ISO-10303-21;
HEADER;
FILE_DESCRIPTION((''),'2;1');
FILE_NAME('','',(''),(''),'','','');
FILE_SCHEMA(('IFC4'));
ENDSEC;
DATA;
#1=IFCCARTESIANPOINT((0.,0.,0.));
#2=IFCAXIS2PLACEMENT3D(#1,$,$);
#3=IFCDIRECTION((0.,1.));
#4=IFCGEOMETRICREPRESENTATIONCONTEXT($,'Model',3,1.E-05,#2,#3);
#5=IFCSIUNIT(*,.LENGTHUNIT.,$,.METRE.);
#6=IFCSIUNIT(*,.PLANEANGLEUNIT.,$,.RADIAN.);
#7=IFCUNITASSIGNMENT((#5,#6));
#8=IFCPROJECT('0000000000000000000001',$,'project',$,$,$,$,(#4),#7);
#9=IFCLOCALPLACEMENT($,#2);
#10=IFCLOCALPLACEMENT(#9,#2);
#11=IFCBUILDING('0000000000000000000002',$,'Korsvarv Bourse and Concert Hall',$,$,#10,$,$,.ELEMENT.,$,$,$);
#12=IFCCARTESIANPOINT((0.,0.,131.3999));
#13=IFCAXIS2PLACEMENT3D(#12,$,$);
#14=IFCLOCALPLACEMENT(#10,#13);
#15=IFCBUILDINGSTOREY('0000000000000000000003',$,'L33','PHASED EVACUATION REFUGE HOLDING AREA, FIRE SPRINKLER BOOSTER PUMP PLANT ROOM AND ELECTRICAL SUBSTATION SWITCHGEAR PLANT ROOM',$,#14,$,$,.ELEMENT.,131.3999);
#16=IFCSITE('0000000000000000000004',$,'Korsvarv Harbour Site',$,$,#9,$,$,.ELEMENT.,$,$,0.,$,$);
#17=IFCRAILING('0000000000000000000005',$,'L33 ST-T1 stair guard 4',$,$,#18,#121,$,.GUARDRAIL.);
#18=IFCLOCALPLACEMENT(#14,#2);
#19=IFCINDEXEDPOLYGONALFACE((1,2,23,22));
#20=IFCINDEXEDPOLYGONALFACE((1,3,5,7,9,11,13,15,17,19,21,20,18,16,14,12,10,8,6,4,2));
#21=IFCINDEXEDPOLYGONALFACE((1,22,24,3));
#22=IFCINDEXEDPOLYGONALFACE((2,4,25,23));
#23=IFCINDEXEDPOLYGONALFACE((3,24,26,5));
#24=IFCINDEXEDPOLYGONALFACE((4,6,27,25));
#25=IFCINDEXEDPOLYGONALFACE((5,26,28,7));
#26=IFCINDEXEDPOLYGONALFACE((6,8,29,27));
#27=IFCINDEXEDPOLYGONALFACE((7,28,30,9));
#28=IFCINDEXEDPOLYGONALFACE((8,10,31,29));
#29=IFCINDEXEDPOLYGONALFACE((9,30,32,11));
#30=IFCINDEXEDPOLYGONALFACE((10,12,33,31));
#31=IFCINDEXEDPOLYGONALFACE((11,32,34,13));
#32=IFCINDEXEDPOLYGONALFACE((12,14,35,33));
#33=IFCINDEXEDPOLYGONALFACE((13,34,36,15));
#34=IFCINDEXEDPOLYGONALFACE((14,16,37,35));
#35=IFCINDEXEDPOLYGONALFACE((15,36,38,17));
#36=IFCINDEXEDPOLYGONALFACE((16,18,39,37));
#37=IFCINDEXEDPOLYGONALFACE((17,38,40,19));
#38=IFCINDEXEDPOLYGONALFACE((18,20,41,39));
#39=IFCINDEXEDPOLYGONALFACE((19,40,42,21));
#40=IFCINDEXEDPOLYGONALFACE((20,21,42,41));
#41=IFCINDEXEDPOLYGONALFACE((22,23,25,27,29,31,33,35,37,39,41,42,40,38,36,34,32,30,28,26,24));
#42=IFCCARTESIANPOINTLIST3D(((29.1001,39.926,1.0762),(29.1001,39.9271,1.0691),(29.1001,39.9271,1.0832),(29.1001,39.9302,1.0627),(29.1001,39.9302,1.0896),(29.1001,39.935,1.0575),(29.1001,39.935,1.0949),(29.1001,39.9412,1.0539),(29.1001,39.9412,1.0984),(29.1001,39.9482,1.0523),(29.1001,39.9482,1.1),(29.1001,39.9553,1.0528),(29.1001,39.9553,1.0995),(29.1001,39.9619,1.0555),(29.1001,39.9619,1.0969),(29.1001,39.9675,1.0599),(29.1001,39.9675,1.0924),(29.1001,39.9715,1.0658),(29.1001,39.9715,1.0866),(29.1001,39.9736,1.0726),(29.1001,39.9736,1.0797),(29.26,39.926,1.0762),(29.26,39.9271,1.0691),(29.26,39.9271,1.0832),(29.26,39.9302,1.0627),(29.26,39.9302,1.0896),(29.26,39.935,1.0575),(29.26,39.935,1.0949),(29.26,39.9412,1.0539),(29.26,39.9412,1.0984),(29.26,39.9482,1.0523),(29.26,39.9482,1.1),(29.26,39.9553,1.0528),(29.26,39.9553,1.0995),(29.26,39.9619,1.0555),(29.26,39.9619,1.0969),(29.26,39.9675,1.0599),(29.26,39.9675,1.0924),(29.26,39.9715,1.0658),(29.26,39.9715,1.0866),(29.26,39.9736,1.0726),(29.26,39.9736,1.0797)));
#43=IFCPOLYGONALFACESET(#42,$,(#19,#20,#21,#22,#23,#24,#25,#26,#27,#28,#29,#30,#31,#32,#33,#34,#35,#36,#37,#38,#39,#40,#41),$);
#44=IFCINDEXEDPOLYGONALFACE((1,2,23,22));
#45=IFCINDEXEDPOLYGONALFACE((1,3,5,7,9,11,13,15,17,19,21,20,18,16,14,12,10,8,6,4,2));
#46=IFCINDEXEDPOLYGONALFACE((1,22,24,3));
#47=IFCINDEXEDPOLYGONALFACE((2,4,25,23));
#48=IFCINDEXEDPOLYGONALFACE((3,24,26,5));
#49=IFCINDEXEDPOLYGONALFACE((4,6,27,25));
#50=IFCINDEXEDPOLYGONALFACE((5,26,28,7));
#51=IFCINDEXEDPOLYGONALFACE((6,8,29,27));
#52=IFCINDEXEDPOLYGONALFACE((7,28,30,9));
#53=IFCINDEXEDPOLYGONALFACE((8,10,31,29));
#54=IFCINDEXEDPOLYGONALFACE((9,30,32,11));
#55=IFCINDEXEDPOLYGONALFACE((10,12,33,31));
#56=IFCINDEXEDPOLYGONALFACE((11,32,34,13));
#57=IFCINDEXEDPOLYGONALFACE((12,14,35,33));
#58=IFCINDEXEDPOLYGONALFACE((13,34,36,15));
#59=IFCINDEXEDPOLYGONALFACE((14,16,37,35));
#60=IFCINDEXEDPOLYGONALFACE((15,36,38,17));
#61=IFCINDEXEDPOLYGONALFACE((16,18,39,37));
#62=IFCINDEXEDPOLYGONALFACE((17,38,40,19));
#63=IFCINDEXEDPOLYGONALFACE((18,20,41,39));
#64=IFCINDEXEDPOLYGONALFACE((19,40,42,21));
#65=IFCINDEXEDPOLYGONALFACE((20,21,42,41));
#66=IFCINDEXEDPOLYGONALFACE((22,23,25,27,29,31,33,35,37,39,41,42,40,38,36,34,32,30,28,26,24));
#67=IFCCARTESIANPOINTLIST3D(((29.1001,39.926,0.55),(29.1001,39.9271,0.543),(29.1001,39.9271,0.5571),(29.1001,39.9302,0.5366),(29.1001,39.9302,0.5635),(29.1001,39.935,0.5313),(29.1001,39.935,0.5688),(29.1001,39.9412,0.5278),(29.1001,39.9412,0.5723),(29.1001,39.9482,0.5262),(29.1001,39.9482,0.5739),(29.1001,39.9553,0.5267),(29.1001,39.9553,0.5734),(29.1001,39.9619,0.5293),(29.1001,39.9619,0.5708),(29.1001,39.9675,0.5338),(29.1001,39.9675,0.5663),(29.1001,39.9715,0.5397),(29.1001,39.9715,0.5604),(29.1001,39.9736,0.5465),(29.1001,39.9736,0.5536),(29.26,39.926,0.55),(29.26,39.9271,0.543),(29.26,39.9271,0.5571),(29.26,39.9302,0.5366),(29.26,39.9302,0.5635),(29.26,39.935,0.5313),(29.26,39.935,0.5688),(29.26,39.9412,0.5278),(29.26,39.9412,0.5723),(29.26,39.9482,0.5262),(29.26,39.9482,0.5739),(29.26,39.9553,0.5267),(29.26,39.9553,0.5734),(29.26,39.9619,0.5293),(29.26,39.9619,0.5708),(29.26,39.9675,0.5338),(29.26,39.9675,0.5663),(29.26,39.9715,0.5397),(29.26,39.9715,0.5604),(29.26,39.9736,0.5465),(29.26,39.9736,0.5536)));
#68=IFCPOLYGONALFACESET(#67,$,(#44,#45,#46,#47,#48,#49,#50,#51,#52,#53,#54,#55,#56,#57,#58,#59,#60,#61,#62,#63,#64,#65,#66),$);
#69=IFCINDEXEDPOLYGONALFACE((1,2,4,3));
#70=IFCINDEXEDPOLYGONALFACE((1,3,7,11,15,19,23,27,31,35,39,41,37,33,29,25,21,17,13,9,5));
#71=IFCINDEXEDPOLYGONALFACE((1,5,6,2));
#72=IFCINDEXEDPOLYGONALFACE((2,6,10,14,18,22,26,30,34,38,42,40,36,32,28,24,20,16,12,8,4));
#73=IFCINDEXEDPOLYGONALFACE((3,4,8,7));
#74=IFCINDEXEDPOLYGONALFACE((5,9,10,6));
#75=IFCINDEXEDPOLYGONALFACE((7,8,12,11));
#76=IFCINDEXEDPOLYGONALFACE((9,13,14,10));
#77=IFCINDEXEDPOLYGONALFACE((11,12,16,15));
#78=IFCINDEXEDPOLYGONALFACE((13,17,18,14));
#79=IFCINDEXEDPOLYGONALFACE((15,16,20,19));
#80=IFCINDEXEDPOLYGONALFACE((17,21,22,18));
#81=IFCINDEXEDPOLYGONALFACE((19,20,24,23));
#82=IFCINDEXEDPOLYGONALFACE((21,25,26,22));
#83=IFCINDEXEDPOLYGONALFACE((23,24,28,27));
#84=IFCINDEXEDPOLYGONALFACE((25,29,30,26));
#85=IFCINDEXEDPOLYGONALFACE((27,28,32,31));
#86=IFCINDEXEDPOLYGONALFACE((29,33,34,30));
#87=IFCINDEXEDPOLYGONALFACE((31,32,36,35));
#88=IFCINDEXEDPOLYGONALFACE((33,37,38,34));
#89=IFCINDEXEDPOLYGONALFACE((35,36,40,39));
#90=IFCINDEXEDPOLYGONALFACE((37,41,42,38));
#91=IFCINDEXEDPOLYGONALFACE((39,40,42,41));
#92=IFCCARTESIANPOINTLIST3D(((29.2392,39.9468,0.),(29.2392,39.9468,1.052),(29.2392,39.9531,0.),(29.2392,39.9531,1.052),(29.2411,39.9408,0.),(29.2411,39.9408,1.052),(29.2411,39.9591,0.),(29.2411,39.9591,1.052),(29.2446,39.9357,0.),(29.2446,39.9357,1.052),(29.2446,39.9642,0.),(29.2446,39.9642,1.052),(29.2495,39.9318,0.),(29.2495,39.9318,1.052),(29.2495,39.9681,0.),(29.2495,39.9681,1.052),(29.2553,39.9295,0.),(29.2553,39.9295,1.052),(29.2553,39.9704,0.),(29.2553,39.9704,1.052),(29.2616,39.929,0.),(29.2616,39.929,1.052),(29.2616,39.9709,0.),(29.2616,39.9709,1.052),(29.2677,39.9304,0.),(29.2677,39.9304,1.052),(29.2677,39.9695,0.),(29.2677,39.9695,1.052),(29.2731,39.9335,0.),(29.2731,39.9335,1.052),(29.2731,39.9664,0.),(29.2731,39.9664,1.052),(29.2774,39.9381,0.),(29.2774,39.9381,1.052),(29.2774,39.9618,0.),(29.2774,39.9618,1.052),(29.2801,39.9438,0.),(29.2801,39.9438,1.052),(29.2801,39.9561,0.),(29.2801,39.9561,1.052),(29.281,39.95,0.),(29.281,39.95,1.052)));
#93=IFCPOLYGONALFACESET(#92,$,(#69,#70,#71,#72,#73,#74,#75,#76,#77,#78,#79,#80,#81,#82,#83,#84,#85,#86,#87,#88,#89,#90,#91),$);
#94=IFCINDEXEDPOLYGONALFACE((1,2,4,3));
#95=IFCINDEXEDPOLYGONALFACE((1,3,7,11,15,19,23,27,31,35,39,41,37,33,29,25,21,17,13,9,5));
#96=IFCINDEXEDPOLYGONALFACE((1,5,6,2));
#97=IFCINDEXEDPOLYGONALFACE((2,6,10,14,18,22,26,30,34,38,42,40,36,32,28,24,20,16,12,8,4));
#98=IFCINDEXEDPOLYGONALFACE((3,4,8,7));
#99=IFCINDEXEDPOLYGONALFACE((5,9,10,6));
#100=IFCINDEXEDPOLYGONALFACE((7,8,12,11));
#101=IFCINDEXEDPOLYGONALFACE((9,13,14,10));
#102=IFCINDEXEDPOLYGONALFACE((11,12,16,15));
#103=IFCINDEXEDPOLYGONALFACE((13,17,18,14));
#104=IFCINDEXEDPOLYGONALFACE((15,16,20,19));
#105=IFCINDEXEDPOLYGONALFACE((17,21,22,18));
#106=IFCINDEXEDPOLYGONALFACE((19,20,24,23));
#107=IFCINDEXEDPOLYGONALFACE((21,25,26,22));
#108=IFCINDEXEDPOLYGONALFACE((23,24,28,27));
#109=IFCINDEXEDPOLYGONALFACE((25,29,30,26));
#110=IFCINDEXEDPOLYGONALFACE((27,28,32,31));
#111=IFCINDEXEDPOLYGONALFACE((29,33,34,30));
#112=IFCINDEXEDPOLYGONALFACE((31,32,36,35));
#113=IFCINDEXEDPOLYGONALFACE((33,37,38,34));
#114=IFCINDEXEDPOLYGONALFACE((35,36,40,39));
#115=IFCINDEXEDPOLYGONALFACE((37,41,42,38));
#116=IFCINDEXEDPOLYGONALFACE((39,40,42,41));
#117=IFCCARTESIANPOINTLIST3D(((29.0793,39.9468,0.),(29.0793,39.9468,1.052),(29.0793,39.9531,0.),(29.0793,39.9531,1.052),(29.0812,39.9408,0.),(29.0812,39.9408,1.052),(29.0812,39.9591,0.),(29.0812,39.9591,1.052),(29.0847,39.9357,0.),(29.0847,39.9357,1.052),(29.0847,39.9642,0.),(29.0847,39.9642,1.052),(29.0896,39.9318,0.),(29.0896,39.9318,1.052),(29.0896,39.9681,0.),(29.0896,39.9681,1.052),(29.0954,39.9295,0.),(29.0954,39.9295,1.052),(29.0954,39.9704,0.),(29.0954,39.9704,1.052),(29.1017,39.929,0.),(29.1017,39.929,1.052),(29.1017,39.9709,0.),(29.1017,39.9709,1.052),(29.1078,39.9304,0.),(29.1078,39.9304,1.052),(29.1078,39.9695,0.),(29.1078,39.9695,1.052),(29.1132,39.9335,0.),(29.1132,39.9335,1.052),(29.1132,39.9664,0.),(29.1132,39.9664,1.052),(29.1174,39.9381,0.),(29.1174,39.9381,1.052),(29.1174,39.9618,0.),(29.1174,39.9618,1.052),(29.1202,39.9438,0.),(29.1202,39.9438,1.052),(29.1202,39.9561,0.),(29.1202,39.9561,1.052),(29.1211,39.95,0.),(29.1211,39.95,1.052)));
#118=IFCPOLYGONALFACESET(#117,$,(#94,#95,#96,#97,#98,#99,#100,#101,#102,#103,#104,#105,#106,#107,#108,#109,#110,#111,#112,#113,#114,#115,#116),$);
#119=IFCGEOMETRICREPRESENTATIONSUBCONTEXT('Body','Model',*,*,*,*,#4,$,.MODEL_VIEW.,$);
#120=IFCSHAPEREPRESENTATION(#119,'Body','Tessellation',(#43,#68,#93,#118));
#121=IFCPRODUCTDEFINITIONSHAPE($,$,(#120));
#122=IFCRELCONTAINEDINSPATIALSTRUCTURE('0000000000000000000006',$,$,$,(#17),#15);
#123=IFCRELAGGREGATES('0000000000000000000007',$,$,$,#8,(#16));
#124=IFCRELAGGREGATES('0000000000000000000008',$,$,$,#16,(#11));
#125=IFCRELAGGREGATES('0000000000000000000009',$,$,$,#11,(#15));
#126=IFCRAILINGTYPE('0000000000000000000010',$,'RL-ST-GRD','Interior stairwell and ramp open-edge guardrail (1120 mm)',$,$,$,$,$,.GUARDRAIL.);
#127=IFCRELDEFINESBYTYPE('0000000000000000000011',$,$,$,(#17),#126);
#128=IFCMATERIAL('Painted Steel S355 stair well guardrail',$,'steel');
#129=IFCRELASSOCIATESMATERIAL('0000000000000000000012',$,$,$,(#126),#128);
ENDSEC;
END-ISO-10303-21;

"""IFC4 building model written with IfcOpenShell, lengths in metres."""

from ifc_helpers import new_model, si_unit, direction, frame, origin, origin_2d, place, context, subcontext, project, spatial, circle, extrude, material, type_object, element, save


model = new_model("IFC4")

# Units and contexts
model_context = context("Model", 3, precision=1e-05, world=origin(), true_north=direction((0.0, 1.0)))
body_context = subcontext(model_context, "Body", "Model", "MODEL_VIEW")
ifc_project = project(units=[si_unit("LENGTHUNIT", "METRE"), si_unit("PLANEANGLEUNIT", "RADIAN")], contexts=[model_context])

# Site, building, storey
site_placement = place(None, origin())
site = spatial("IfcSite", under=ifc_project, at=site_placement, Name="Korsvarv Harbour Site", CompositionType="ELEMENT", RefElevation=0.0)
building_placement = place(site_placement, origin())
building = spatial("IfcBuilding", under=site, at=building_placement, Name="Korsvarv Bourse and Concert Hall", CompositionType="ELEMENT")
storey_placement = place(building_placement, frame((0.0, 0.0, 131.3999)))
storey = spatial("IfcBuildingStorey", under=building, at=storey_placement, Name="L33", Description="PHASED EVACUATION REFUGE HOLDING AREA, FIRE SPRINKLER BOOSTER PUMP PLANT ROOM AND ELECTRICAL SUBSTATION SWITCHGEAR PLANT ROOM", CompositionType="ELEMENT", Elevation=131.3999)

# Railing
ifc_material_1 = material(Name="Painted Steel S355 stair well guardrail", Category="steel")
railing_type_1 = type_object("IfcRailingType", Name="RL-ST-GRD", Description="Interior stairwell and ramp open-edge guardrail (1120 mm)", PredefinedType="GUARDRAIL", material=ifc_material_1)
railing_1_placement = place(storey_placement, frame((29.26, 39.95, 0.0)))
element("IfcRailing", 1, at=railing_1_placement, inside=storey, type_object=railing_type_1, Name="L33 ST-T1 stair guard 4", PredefinedType="GUARDRAIL", context=body_context, shape_type="SweptSolid", body=[
    extrude(circle(Radius=0.0239, at=origin_2d()), frame((0.0, 0.0, 1.0762), z_axis=(-1.0, 0.0, 0.0), x_axis=(0.0, -1.0, 0.0)), (0.0, 0.0, 1.0), 0.1599),
    extrude(circle(Radius=0.0239, at=origin_2d()), frame((0.0, 0.0, 0.55), z_axis=(-1.0, 0.0, 0.0), x_axis=(0.0, -1.0, 0.0)), (0.0, 0.0, 1.0), 0.1599),
    extrude(circle(Radius=0.021, at=origin_2d()), origin(), (0.0, 0.0, 1.0), 1.052),
    extrude(circle(Radius=0.021, at=origin_2d()), frame((-0.1599, 0.0, 0.0)), (0.0, 0.0, 1.0), 1.052),
])

save(model, "model.ifc")
